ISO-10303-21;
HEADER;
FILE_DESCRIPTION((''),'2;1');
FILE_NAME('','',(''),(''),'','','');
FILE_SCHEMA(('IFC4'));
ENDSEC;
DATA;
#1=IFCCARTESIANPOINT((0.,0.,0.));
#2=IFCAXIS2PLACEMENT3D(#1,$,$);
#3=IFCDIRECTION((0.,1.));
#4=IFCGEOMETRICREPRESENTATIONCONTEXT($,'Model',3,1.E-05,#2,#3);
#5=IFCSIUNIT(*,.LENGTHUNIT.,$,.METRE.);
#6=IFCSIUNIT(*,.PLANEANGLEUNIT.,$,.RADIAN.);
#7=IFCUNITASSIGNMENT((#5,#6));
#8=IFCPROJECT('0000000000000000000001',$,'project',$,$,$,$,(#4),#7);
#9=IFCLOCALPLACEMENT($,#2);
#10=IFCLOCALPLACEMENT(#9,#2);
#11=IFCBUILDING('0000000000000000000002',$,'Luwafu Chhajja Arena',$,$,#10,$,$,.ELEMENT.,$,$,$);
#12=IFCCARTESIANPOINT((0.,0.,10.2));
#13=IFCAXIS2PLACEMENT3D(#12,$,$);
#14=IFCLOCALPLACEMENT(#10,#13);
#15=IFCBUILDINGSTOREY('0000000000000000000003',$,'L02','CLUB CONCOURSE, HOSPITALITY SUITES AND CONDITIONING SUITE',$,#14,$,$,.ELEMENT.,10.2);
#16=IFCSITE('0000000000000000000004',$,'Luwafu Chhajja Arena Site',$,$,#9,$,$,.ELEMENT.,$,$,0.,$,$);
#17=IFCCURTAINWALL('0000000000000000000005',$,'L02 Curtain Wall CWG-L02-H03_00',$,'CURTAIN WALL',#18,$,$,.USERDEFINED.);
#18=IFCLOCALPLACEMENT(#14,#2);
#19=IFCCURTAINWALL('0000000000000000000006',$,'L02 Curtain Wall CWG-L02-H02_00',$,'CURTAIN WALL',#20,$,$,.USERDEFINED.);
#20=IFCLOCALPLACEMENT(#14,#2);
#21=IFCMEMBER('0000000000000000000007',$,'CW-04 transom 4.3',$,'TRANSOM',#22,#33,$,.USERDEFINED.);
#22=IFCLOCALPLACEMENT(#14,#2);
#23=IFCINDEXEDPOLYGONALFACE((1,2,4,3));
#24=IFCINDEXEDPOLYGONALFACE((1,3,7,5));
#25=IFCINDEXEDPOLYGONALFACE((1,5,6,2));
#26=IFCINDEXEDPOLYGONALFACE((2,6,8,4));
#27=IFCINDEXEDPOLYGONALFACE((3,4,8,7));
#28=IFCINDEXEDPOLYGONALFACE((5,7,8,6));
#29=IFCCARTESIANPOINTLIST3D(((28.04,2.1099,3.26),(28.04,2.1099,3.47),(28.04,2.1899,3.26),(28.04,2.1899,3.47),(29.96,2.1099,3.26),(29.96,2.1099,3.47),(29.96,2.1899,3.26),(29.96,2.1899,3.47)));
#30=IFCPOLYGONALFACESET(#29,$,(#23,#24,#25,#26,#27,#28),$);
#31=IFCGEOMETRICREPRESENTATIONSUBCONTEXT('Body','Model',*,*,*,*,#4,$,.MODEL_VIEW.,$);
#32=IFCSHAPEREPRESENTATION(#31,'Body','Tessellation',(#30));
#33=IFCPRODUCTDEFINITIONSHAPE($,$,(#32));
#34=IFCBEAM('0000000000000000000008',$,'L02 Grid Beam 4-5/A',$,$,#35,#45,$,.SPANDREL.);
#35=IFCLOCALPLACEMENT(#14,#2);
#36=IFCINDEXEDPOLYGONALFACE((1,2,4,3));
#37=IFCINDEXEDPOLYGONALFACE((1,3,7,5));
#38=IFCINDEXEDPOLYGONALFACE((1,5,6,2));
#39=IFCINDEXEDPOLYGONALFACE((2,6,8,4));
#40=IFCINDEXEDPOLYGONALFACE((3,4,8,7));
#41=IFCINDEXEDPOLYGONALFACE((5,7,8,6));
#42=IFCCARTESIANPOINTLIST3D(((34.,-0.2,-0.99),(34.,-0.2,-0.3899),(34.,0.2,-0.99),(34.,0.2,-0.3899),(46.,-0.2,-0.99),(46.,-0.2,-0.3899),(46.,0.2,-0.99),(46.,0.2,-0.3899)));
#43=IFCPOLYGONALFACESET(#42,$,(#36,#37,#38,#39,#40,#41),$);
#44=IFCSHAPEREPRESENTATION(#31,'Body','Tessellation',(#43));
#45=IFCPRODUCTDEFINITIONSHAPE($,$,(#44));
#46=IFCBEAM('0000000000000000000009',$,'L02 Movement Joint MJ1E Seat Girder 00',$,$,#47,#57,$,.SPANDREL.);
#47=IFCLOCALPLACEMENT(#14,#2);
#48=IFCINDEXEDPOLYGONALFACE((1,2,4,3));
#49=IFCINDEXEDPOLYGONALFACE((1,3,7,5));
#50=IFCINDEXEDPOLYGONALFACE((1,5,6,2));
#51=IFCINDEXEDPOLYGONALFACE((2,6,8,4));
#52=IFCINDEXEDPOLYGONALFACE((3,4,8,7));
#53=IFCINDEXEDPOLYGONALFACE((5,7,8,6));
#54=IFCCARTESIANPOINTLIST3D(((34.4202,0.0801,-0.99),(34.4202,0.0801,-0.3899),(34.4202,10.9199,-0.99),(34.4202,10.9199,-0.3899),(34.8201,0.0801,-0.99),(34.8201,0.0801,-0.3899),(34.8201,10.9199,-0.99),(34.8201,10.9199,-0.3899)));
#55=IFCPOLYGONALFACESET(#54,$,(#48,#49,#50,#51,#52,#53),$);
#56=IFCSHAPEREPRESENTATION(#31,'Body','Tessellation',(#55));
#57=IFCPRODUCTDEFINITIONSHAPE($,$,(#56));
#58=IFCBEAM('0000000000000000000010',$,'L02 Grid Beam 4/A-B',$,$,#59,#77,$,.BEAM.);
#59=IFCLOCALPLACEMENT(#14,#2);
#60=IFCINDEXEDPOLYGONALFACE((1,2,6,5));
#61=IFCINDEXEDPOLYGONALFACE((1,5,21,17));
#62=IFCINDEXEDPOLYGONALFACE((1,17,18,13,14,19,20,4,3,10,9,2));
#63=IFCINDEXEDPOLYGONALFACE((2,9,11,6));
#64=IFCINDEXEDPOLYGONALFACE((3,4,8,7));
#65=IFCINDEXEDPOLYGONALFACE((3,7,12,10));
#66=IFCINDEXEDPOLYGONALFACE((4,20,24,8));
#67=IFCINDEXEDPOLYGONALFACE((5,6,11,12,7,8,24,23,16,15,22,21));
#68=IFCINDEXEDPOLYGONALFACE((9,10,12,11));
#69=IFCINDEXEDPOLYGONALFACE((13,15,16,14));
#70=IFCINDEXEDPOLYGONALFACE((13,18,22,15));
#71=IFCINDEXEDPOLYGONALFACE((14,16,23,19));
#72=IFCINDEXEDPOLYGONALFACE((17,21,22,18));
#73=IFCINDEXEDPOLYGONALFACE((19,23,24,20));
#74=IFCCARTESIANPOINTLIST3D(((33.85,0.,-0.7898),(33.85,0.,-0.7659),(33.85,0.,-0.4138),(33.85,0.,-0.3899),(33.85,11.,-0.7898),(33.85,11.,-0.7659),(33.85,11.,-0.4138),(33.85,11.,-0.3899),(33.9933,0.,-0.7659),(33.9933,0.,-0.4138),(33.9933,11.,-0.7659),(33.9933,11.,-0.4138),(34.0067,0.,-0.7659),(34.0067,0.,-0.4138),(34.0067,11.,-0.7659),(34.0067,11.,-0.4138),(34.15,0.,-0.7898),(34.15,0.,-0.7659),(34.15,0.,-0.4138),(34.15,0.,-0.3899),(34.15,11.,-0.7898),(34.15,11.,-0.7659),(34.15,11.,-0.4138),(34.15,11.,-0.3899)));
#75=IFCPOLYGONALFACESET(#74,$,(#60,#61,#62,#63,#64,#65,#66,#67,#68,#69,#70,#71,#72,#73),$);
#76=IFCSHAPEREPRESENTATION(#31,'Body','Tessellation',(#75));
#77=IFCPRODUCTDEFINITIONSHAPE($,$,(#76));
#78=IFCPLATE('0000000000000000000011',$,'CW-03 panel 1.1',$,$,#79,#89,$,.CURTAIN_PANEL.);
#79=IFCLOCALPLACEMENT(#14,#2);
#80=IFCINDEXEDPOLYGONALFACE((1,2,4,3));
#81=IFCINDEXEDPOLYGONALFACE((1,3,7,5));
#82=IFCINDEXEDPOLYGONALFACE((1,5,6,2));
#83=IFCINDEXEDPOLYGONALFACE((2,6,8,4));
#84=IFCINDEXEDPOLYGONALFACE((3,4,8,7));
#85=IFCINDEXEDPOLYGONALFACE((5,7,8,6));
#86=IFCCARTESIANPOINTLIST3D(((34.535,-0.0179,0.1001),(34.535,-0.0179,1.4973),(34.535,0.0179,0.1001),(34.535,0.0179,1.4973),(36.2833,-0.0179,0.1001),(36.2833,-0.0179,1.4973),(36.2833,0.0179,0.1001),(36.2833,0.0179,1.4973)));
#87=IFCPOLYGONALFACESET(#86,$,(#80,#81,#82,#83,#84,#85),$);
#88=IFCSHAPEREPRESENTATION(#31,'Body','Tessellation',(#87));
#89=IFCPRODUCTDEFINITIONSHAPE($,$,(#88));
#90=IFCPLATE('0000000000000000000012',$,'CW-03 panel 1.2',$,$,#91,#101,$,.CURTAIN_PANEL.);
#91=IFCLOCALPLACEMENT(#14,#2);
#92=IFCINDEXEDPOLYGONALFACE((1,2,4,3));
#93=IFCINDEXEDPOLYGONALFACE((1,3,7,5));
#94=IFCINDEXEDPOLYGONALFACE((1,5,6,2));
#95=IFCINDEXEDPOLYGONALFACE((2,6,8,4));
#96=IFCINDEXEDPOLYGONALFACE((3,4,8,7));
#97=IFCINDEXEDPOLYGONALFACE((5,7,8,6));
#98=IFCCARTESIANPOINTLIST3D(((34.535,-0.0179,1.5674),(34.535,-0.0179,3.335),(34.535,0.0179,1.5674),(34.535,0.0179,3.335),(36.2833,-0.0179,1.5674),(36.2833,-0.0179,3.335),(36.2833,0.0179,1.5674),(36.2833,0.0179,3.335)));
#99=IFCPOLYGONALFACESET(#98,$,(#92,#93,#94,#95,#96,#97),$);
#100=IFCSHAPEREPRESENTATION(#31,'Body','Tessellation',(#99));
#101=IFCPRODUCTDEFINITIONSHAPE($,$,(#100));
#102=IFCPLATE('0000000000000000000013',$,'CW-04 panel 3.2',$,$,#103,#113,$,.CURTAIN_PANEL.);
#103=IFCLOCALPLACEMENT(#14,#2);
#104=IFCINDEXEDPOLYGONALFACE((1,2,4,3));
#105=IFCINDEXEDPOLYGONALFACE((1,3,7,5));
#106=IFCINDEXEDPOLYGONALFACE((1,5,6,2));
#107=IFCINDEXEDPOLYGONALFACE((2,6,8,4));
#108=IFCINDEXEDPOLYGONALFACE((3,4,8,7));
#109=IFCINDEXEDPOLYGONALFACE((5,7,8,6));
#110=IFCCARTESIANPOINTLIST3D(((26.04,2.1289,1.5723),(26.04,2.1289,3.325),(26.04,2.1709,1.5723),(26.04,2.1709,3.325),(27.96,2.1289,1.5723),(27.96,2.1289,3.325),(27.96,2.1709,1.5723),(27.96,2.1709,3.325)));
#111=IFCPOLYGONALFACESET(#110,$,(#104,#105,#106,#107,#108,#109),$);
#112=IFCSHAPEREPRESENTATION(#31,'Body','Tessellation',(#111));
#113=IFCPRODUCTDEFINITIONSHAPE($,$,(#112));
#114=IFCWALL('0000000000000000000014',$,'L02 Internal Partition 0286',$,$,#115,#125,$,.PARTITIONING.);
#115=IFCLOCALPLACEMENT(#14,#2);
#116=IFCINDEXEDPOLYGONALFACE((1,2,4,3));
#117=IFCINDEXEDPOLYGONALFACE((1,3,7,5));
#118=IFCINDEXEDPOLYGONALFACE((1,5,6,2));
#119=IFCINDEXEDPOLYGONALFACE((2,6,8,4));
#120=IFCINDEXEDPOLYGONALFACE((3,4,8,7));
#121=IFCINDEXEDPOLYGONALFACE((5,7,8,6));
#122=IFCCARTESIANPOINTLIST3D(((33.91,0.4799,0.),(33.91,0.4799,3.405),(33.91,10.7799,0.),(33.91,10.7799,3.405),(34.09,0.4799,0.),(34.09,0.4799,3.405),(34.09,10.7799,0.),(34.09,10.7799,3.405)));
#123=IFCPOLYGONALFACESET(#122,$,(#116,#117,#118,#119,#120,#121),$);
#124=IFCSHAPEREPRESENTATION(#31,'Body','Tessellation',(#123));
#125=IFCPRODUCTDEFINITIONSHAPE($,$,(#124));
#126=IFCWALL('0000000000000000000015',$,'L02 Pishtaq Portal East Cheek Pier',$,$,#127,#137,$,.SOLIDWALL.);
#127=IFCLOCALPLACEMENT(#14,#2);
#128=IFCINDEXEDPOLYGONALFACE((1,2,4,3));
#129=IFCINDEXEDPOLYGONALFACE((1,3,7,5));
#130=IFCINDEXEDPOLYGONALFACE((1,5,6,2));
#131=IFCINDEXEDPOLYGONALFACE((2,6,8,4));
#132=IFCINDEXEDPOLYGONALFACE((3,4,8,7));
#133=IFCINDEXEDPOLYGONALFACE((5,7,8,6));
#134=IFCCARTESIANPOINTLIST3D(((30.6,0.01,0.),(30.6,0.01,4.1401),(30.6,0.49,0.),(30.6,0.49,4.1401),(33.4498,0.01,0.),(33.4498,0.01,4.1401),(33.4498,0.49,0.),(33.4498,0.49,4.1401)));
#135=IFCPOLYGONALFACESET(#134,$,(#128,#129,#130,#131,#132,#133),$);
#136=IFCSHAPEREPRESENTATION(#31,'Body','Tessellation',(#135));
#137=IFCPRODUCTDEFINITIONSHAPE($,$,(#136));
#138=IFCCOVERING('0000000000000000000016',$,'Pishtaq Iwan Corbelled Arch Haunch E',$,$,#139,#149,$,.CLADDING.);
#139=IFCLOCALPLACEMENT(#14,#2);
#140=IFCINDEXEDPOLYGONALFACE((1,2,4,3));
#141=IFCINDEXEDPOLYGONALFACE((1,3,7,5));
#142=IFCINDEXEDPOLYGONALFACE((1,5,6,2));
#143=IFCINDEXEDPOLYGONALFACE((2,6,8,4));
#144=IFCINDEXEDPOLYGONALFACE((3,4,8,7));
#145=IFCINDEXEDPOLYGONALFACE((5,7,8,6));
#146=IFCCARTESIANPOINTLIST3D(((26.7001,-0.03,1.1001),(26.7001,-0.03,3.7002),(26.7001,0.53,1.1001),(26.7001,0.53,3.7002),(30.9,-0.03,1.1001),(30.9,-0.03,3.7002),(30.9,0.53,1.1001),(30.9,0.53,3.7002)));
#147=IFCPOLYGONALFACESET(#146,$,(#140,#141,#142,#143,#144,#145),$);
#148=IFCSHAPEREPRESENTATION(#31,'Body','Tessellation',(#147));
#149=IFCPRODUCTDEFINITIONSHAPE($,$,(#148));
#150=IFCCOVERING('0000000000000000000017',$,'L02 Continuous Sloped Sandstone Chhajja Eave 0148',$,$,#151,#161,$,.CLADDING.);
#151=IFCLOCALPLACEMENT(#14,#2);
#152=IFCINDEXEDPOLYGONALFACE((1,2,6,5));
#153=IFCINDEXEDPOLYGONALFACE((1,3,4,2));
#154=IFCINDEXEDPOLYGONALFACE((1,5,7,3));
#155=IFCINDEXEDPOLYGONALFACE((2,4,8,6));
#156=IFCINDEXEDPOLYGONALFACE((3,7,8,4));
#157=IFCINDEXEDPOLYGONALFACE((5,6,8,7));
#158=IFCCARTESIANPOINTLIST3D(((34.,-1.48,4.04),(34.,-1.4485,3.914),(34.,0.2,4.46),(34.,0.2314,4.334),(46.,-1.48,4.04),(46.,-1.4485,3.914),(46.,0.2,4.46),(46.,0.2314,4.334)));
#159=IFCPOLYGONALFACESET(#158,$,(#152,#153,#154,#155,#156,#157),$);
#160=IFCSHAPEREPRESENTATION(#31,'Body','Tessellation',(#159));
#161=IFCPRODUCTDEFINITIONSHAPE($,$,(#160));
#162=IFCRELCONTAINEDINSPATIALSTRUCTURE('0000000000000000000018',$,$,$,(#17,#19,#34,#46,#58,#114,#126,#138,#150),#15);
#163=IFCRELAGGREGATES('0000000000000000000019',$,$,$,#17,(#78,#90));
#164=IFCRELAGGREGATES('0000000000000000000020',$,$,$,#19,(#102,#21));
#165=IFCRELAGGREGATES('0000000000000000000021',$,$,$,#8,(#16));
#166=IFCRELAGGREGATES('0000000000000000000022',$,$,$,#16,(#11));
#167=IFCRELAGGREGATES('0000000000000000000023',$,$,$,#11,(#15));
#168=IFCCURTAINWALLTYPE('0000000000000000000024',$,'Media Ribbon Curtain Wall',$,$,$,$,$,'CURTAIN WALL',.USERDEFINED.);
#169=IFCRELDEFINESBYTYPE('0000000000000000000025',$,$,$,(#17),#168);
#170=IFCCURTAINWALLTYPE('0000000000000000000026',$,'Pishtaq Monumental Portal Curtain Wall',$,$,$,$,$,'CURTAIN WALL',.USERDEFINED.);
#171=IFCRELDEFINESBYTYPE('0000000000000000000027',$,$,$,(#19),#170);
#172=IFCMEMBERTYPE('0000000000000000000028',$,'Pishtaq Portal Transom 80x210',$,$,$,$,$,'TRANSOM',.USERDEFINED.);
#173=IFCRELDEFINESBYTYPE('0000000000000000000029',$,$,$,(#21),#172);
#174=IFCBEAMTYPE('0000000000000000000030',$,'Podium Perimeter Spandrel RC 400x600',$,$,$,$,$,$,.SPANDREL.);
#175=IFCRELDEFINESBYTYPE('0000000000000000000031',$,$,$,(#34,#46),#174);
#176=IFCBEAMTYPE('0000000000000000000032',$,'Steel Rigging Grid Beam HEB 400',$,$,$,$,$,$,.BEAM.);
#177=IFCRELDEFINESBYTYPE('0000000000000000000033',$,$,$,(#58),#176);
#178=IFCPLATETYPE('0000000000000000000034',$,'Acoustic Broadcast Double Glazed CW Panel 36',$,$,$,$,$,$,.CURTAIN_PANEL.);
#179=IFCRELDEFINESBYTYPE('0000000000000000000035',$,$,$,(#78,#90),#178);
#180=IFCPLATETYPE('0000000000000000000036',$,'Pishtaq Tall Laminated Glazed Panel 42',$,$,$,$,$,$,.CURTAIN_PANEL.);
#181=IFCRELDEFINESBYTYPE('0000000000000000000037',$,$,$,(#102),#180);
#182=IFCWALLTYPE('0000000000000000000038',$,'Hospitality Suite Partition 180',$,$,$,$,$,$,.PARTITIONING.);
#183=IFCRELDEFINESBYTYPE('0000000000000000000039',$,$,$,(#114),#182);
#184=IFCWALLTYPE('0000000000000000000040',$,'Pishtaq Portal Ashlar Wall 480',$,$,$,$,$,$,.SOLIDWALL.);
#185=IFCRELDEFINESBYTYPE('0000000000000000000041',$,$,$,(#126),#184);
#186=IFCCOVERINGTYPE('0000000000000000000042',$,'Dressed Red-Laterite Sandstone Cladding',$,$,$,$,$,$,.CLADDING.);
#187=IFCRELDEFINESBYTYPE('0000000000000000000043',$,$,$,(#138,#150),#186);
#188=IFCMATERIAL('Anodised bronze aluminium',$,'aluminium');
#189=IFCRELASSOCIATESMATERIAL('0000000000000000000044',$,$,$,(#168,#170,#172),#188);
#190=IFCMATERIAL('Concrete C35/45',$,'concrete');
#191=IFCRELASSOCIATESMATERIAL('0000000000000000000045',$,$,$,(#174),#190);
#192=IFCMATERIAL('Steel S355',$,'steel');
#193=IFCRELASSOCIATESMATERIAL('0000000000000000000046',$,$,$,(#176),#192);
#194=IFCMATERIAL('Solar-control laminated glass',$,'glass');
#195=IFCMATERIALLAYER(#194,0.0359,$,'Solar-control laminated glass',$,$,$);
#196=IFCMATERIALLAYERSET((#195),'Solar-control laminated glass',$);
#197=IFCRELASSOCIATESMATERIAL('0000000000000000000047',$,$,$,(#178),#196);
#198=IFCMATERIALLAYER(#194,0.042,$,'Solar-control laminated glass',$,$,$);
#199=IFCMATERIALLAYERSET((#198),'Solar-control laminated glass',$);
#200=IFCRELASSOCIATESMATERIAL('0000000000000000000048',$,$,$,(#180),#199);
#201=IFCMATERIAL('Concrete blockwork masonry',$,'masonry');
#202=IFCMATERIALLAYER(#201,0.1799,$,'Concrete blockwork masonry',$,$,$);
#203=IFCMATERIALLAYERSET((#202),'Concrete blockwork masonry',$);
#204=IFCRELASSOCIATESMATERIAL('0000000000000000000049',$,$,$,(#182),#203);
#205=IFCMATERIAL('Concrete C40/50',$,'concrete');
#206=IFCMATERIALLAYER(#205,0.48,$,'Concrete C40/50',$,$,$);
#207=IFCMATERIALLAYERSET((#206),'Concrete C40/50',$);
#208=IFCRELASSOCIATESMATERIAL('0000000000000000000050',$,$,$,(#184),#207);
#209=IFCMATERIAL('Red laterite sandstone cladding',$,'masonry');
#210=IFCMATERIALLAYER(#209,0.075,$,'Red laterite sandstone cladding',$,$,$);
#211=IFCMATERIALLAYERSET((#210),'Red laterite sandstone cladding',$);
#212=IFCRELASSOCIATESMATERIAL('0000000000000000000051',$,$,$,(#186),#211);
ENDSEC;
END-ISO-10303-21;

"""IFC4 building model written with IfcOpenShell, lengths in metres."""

from ifc_helpers import new_model, si_unit, direction, frame, frame_2d, origin, origin_2d, place, context, subcontext, project, spatial, polyline, rectangle, i_section, outline, extrude, material, layer, layer_set, material_profile, profile_set, type_object, element, aggregate, save


model = new_model("IFC4")

# Units and contexts
model_context = context("Model", 3, precision=1e-05, world=origin(), true_north=direction((0.0, 1.0)))
body_context = subcontext(model_context, "Body", "Model", "MODEL_VIEW")
ifc_project = project(units=[si_unit("LENGTHUNIT", "METRE"), si_unit("PLANEANGLEUNIT", "RADIAN")], contexts=[model_context])

# Site, building, storey
site_placement = place(None, origin())
site = spatial("IfcSite", under=ifc_project, at=site_placement, Name="Luwafu Chhajja Arena Site", CompositionType="ELEMENT", RefElevation=0.0)
building_placement = place(site_placement, origin())
building = spatial("IfcBuilding", under=site, at=building_placement, Name="Luwafu Chhajja Arena", CompositionType="ELEMENT")
storey_placement = place(building_placement, frame((0.0, 0.0, 10.2)))
storey = spatial("IfcBuildingStorey", under=building, at=storey_placement, Name="L02", Description="CLUB CONCOURSE, HOSPITALITY SUITES AND CONDITIONING SUITE", CompositionType="ELEMENT", Elevation=10.2)

# Shared definitions
ifc_material_1 = material(Name="Concrete C35/45", Category="concrete")

# Curtain walls, member
ifc_material_2 = material(Name="Anodised bronze aluminium", Category="aluminium")
curtain_wall_type_1 = type_object("IfcCurtainWallType", Name="Media Ribbon Curtain Wall", ElementType="CURTAIN WALL", PredefinedType="USERDEFINED", material=ifc_material_2)
curtain_wall_1_placement = place(storey_placement, origin())
curtain_wall_1 = element("IfcCurtainWall", 1, at=curtain_wall_1_placement, inside=storey, type_object=curtain_wall_type_1, Name="L02 Curtain Wall CWG-L02-H03_00", ObjectType="CURTAIN WALL", PredefinedType="USERDEFINED")
curtain_wall_type_2 = type_object("IfcCurtainWallType", Name="Pishtaq Monumental Portal Curtain Wall", ElementType="CURTAIN WALL", PredefinedType="USERDEFINED", material=ifc_material_2)
curtain_wall_2_placement = place(storey_placement, origin())
curtain_wall_2 = element("IfcCurtainWall", 2, at=curtain_wall_2_placement, inside=storey, type_object=curtain_wall_type_2, Name="L02 Curtain Wall CWG-L02-H02_00", ObjectType="CURTAIN WALL", PredefinedType="USERDEFINED")
ifc_material_profile_1 = material_profile(ifc_material_2, rectangle(XDim=0.0801, YDim=0.21, at=origin_2d()), Name="CWT 80x210")
ifc_profile_set_1 = profile_set([ifc_material_profile_1], Name="Anodised bronze aluminium")
member_type_1 = type_object("IfcMemberType", Name="Pishtaq Portal Transom 80x210", ElementType="TRANSOM", PredefinedType="USERDEFINED", material=ifc_profile_set_1)
member_1_placement = place(storey_placement, frame((28.04, 2.1499, 3.365), z_axis=(1.0, 0.0, 0.0), x_axis=(0.0, 1.0, 0.0)))
member_1 = element("IfcMember", 3, at=member_1_placement, type_object=member_type_1, Name="CW-04 transom 4.3", ObjectType="TRANSOM", PredefinedType="USERDEFINED", context=body_context, shape_type="SweptSolid", body=[
    extrude(rectangle(XDim=0.0801, YDim=0.21, at=origin_2d()), origin(), (0.0, 0.0, 1.0), 1.9199),
])

# Beams
ifc_material_profile_2 = material_profile(ifc_material_1, rectangle(XDim=0.3999, YDim=0.6001, at=origin_2d()), Name="RC 400x600")
ifc_profile_set_2 = profile_set([ifc_material_profile_2], Name="Concrete C35/45")
beam_type_1 = type_object("IfcBeamType", Name="Podium Perimeter Spandrel RC 400x600", PredefinedType="SPANDREL", material=ifc_profile_set_2)
beam_1_placement = place(storey_placement, frame((34.0, 0.0, -0.6899), z_axis=(1.0, 0.0, 0.0), x_axis=(0.0, 1.0, 0.0)))
element("IfcBeam", 4, at=beam_1_placement, inside=storey, type_object=beam_type_1, Name="L02 Grid Beam 4-5/A", PredefinedType="SPANDREL", context=body_context, shape_type="SweptSolid", body=[
    extrude(rectangle(XDim=0.3999, YDim=0.6001, at=origin_2d()), origin(), (0.0, 0.0, 1.0), 12.0),
])
beam_2_placement = place(storey_placement, frame((34.6201, 0.0801, -0.6899), z_axis=(0.0, 1.0, 0.0), x_axis=(-1.0, 0.0, 0.0)))
element("IfcBeam", 5, at=beam_2_placement, inside=storey, type_object=beam_type_1, Name="L02 Movement Joint MJ1E Seat Girder 00", PredefinedType="SPANDREL", context=body_context, shape_type="SweptSolid", body=[
    extrude(rectangle(XDim=0.3999, YDim=0.6001, at=origin_2d()), origin(), (0.0, 0.0, 1.0), 10.8398),
])
ifc_material_3 = material(Name="Steel S355", Category="steel")
ifc_material_profile_3 = material_profile(ifc_material_3, i_section(OverallWidth=0.3, OverallDepth=0.3999, WebThickness=0.0134, FlangeThickness=0.0239, at=origin_2d()), Name="HEB 400")
ifc_profile_set_3 = profile_set([ifc_material_profile_3], Name="Steel S355")
beam_type_2 = type_object("IfcBeamType", Name="Steel Rigging Grid Beam HEB 400", PredefinedType="BEAM", material=ifc_profile_set_3)
beam_3_placement = place(storey_placement, frame((34.0, 0.0, -0.5898), z_axis=(0.0, 1.0, 0.0), x_axis=(-1.0, 0.0, 0.0)))
element("IfcBeam", 6, at=beam_3_placement, inside=storey, type_object=beam_type_2, Name="L02 Grid Beam 4/A-B", PredefinedType="BEAM", context=body_context, shape_type="SweptSolid", body=[
    extrude(i_section(OverallWidth=0.3, OverallDepth=0.3999, WebThickness=0.0134, FlangeThickness=0.0239, at=origin_2d()), origin(), (0.0, 0.0, 1.0), 11.0),
])

# Plates
ifc_material_4 = material(Name="Solar-control laminated glass", Category="glass")
ifc_layer_1 = layer(ifc_material_4, 0.0359, Name="Solar-control laminated glass")
ifc_layer_set_1 = layer_set([ifc_layer_1], Name="Solar-control laminated glass")
plate_type_1 = type_object("IfcPlateType", Name="Acoustic Broadcast Double Glazed CW Panel 36", PredefinedType="CURTAIN_PANEL", material=ifc_layer_set_1)
plate_1_placement = place(storey_placement, frame((35.4092, 0.0, 0.1001), z_axis=(0.0, 0.0, 1.0), x_axis=(1.0, 0.0, 0.0)))
plate_1 = element("IfcPlate", 7, at=plate_1_placement, type_object=plate_type_1, Name="CW-03 panel 1.1", PredefinedType="CURTAIN_PANEL", context=body_context, shape_type="SweptSolid", body=[
    extrude(rectangle(XDim=1.7483, YDim=0.0359, at=origin_2d()), origin(), (0.0, 0.0, 1.0), 1.3972),
])
plate_2_placement = place(storey_placement, frame((35.4092, 0.0, 1.5674), z_axis=(0.0, 0.0, 1.0), x_axis=(1.0, 0.0, 0.0)))
plate_2 = element("IfcPlate", 8, at=plate_2_placement, type_object=plate_type_1, Name="CW-03 panel 1.2", PredefinedType="CURTAIN_PANEL", context=body_context, shape_type="SweptSolid", body=[
    extrude(rectangle(XDim=1.7483, YDim=0.0359, at=origin_2d()), origin(), (0.0, 0.0, 1.0), 1.7676),
])
aggregate(curtain_wall_1, [plate_1, plate_2])
ifc_layer_2 = layer(ifc_material_4, 0.042, Name="Solar-control laminated glass")
ifc_layer_set_2 = layer_set([ifc_layer_2], Name="Solar-control laminated glass")
plate_type_2 = type_object("IfcPlateType", Name="Pishtaq Tall Laminated Glazed Panel 42", PredefinedType="CURTAIN_PANEL", material=ifc_layer_set_2)
plate_3_placement = place(storey_placement, frame((27.0, 2.1499, 1.5723), z_axis=(0.0, 0.0, 1.0), x_axis=(1.0, 0.0, 0.0)))
plate_3 = element("IfcPlate", 9, at=plate_3_placement, type_object=plate_type_2, Name="CW-04 panel 3.2", PredefinedType="CURTAIN_PANEL", context=body_context, shape_type="SweptSolid", body=[
    extrude(rectangle(XDim=1.9199, YDim=0.042, at=origin_2d()), origin(), (0.0, 0.0, 1.0), 1.7527),
])
aggregate(curtain_wall_2, [plate_3, member_1])

# Walls
ifc_material_5 = material(Name="Concrete blockwork masonry", Category="masonry")
ifc_layer_3 = layer(ifc_material_5, 0.1799, Name="Concrete blockwork masonry")
ifc_layer_set_3 = layer_set([ifc_layer_3], Name="Concrete blockwork masonry")
wall_type_1 = type_object("IfcWallType", Name="Hospitality Suite Partition 180", PredefinedType="PARTITIONING", material=ifc_layer_set_3)
wall_1_placement = place(storey_placement, frame((34.0, 0.48, 0.0), z_axis=(0.0, 0.0, 1.0), x_axis=(0.0, 1.0, 0.0)))
element("IfcWall", 10, at=wall_1_placement, inside=storey, type_object=wall_type_1, Name="L02 Internal Partition 0286", PredefinedType="PARTITIONING", context=body_context, shape_type="SweptSolid", body=[
    extrude(rectangle(XDim=10.3, YDim=0.1799, at=frame_2d((5.1499, 0.0))), origin(), (0.0, 0.0, 1.0), 3.405),
])
ifc_material_6 = material(Name="Concrete C40/50", Category="concrete")
ifc_layer_4 = layer(ifc_material_6, 0.48, Name="Concrete C40/50")
ifc_layer_set_4 = layer_set([ifc_layer_4], Name="Concrete C40/50")
wall_type_2 = type_object("IfcWallType", Name="Pishtaq Portal Ashlar Wall 480", PredefinedType="SOLIDWALL", material=ifc_layer_set_4)
wall_2_placement = place(storey_placement, frame((30.6001, 0.25, 0.0), z_axis=(0.0, 0.0, 1.0), x_axis=(1.0, 0.0, 0.0)))
element("IfcWall", 11, at=wall_2_placement, inside=storey, type_object=wall_type_2, Name="L02 Pishtaq Portal East Cheek Pier", PredefinedType="SOLIDWALL", context=body_context, shape_type="SweptSolid", body=[
    extrude(rectangle(XDim=2.8499, YDim=0.48, at=frame_2d((1.4248, 0.0))), origin(), (0.0, 0.0, 1.0), 4.1401),
])

# Coverings
ifc_material_7 = material(Name="Red laterite sandstone cladding", Category="masonry")
ifc_layer_5 = layer(ifc_material_7, 0.075, Name="Red laterite sandstone cladding")
ifc_layer_set_5 = layer_set([ifc_layer_5], Name="Red laterite sandstone cladding")
covering_type = type_object("IfcCoveringType", Name="Dressed Red-Laterite Sandstone Cladding", PredefinedType="CLADDING", material=ifc_layer_set_5)
covering_1_placement = place(storey_placement, frame((28.8, 0.25, 1.1001), z_axis=(0.0, 0.0, 1.0), x_axis=(1.0, 0.0, 0.0)))
element("IfcCovering", 12, at=covering_1_placement, inside=storey, type_object=covering_type, Name="Pishtaq Iwan Corbelled Arch Haunch E", PredefinedType="CLADDING", context=body_context, shape_type="SweptSolid", body=[
    extrude(rectangle(XDim=4.2, YDim=0.5601, at=origin_2d()), origin(), (0.0, 0.0, 1.0), 2.6001),
])
covering_2_placement = place(storey_placement, frame((34.0, 0.2, 4.46), z_axis=(0.0, -0.242502, 0.970151), x_axis=(1.0, 0.0, 0.0)))
element("IfcCovering", 13, at=covering_2_placement, inside=storey, type_object=covering_type, Name="L02 Continuous Sloped Sandstone Chhajja Eave 0148", PredefinedType="CLADDING", context=body_context, shape_type="SweptSolid", body=[
    extrude(outline(polyline([(0.0, 0.0), (12.0, 0.0), (12.0, -1.7316), (0.0, -1.7316), (0.0, 0.0)])), origin(), (0.0, 0.0, -1.0), 0.1299),
])

save(model, "model.ifc")
